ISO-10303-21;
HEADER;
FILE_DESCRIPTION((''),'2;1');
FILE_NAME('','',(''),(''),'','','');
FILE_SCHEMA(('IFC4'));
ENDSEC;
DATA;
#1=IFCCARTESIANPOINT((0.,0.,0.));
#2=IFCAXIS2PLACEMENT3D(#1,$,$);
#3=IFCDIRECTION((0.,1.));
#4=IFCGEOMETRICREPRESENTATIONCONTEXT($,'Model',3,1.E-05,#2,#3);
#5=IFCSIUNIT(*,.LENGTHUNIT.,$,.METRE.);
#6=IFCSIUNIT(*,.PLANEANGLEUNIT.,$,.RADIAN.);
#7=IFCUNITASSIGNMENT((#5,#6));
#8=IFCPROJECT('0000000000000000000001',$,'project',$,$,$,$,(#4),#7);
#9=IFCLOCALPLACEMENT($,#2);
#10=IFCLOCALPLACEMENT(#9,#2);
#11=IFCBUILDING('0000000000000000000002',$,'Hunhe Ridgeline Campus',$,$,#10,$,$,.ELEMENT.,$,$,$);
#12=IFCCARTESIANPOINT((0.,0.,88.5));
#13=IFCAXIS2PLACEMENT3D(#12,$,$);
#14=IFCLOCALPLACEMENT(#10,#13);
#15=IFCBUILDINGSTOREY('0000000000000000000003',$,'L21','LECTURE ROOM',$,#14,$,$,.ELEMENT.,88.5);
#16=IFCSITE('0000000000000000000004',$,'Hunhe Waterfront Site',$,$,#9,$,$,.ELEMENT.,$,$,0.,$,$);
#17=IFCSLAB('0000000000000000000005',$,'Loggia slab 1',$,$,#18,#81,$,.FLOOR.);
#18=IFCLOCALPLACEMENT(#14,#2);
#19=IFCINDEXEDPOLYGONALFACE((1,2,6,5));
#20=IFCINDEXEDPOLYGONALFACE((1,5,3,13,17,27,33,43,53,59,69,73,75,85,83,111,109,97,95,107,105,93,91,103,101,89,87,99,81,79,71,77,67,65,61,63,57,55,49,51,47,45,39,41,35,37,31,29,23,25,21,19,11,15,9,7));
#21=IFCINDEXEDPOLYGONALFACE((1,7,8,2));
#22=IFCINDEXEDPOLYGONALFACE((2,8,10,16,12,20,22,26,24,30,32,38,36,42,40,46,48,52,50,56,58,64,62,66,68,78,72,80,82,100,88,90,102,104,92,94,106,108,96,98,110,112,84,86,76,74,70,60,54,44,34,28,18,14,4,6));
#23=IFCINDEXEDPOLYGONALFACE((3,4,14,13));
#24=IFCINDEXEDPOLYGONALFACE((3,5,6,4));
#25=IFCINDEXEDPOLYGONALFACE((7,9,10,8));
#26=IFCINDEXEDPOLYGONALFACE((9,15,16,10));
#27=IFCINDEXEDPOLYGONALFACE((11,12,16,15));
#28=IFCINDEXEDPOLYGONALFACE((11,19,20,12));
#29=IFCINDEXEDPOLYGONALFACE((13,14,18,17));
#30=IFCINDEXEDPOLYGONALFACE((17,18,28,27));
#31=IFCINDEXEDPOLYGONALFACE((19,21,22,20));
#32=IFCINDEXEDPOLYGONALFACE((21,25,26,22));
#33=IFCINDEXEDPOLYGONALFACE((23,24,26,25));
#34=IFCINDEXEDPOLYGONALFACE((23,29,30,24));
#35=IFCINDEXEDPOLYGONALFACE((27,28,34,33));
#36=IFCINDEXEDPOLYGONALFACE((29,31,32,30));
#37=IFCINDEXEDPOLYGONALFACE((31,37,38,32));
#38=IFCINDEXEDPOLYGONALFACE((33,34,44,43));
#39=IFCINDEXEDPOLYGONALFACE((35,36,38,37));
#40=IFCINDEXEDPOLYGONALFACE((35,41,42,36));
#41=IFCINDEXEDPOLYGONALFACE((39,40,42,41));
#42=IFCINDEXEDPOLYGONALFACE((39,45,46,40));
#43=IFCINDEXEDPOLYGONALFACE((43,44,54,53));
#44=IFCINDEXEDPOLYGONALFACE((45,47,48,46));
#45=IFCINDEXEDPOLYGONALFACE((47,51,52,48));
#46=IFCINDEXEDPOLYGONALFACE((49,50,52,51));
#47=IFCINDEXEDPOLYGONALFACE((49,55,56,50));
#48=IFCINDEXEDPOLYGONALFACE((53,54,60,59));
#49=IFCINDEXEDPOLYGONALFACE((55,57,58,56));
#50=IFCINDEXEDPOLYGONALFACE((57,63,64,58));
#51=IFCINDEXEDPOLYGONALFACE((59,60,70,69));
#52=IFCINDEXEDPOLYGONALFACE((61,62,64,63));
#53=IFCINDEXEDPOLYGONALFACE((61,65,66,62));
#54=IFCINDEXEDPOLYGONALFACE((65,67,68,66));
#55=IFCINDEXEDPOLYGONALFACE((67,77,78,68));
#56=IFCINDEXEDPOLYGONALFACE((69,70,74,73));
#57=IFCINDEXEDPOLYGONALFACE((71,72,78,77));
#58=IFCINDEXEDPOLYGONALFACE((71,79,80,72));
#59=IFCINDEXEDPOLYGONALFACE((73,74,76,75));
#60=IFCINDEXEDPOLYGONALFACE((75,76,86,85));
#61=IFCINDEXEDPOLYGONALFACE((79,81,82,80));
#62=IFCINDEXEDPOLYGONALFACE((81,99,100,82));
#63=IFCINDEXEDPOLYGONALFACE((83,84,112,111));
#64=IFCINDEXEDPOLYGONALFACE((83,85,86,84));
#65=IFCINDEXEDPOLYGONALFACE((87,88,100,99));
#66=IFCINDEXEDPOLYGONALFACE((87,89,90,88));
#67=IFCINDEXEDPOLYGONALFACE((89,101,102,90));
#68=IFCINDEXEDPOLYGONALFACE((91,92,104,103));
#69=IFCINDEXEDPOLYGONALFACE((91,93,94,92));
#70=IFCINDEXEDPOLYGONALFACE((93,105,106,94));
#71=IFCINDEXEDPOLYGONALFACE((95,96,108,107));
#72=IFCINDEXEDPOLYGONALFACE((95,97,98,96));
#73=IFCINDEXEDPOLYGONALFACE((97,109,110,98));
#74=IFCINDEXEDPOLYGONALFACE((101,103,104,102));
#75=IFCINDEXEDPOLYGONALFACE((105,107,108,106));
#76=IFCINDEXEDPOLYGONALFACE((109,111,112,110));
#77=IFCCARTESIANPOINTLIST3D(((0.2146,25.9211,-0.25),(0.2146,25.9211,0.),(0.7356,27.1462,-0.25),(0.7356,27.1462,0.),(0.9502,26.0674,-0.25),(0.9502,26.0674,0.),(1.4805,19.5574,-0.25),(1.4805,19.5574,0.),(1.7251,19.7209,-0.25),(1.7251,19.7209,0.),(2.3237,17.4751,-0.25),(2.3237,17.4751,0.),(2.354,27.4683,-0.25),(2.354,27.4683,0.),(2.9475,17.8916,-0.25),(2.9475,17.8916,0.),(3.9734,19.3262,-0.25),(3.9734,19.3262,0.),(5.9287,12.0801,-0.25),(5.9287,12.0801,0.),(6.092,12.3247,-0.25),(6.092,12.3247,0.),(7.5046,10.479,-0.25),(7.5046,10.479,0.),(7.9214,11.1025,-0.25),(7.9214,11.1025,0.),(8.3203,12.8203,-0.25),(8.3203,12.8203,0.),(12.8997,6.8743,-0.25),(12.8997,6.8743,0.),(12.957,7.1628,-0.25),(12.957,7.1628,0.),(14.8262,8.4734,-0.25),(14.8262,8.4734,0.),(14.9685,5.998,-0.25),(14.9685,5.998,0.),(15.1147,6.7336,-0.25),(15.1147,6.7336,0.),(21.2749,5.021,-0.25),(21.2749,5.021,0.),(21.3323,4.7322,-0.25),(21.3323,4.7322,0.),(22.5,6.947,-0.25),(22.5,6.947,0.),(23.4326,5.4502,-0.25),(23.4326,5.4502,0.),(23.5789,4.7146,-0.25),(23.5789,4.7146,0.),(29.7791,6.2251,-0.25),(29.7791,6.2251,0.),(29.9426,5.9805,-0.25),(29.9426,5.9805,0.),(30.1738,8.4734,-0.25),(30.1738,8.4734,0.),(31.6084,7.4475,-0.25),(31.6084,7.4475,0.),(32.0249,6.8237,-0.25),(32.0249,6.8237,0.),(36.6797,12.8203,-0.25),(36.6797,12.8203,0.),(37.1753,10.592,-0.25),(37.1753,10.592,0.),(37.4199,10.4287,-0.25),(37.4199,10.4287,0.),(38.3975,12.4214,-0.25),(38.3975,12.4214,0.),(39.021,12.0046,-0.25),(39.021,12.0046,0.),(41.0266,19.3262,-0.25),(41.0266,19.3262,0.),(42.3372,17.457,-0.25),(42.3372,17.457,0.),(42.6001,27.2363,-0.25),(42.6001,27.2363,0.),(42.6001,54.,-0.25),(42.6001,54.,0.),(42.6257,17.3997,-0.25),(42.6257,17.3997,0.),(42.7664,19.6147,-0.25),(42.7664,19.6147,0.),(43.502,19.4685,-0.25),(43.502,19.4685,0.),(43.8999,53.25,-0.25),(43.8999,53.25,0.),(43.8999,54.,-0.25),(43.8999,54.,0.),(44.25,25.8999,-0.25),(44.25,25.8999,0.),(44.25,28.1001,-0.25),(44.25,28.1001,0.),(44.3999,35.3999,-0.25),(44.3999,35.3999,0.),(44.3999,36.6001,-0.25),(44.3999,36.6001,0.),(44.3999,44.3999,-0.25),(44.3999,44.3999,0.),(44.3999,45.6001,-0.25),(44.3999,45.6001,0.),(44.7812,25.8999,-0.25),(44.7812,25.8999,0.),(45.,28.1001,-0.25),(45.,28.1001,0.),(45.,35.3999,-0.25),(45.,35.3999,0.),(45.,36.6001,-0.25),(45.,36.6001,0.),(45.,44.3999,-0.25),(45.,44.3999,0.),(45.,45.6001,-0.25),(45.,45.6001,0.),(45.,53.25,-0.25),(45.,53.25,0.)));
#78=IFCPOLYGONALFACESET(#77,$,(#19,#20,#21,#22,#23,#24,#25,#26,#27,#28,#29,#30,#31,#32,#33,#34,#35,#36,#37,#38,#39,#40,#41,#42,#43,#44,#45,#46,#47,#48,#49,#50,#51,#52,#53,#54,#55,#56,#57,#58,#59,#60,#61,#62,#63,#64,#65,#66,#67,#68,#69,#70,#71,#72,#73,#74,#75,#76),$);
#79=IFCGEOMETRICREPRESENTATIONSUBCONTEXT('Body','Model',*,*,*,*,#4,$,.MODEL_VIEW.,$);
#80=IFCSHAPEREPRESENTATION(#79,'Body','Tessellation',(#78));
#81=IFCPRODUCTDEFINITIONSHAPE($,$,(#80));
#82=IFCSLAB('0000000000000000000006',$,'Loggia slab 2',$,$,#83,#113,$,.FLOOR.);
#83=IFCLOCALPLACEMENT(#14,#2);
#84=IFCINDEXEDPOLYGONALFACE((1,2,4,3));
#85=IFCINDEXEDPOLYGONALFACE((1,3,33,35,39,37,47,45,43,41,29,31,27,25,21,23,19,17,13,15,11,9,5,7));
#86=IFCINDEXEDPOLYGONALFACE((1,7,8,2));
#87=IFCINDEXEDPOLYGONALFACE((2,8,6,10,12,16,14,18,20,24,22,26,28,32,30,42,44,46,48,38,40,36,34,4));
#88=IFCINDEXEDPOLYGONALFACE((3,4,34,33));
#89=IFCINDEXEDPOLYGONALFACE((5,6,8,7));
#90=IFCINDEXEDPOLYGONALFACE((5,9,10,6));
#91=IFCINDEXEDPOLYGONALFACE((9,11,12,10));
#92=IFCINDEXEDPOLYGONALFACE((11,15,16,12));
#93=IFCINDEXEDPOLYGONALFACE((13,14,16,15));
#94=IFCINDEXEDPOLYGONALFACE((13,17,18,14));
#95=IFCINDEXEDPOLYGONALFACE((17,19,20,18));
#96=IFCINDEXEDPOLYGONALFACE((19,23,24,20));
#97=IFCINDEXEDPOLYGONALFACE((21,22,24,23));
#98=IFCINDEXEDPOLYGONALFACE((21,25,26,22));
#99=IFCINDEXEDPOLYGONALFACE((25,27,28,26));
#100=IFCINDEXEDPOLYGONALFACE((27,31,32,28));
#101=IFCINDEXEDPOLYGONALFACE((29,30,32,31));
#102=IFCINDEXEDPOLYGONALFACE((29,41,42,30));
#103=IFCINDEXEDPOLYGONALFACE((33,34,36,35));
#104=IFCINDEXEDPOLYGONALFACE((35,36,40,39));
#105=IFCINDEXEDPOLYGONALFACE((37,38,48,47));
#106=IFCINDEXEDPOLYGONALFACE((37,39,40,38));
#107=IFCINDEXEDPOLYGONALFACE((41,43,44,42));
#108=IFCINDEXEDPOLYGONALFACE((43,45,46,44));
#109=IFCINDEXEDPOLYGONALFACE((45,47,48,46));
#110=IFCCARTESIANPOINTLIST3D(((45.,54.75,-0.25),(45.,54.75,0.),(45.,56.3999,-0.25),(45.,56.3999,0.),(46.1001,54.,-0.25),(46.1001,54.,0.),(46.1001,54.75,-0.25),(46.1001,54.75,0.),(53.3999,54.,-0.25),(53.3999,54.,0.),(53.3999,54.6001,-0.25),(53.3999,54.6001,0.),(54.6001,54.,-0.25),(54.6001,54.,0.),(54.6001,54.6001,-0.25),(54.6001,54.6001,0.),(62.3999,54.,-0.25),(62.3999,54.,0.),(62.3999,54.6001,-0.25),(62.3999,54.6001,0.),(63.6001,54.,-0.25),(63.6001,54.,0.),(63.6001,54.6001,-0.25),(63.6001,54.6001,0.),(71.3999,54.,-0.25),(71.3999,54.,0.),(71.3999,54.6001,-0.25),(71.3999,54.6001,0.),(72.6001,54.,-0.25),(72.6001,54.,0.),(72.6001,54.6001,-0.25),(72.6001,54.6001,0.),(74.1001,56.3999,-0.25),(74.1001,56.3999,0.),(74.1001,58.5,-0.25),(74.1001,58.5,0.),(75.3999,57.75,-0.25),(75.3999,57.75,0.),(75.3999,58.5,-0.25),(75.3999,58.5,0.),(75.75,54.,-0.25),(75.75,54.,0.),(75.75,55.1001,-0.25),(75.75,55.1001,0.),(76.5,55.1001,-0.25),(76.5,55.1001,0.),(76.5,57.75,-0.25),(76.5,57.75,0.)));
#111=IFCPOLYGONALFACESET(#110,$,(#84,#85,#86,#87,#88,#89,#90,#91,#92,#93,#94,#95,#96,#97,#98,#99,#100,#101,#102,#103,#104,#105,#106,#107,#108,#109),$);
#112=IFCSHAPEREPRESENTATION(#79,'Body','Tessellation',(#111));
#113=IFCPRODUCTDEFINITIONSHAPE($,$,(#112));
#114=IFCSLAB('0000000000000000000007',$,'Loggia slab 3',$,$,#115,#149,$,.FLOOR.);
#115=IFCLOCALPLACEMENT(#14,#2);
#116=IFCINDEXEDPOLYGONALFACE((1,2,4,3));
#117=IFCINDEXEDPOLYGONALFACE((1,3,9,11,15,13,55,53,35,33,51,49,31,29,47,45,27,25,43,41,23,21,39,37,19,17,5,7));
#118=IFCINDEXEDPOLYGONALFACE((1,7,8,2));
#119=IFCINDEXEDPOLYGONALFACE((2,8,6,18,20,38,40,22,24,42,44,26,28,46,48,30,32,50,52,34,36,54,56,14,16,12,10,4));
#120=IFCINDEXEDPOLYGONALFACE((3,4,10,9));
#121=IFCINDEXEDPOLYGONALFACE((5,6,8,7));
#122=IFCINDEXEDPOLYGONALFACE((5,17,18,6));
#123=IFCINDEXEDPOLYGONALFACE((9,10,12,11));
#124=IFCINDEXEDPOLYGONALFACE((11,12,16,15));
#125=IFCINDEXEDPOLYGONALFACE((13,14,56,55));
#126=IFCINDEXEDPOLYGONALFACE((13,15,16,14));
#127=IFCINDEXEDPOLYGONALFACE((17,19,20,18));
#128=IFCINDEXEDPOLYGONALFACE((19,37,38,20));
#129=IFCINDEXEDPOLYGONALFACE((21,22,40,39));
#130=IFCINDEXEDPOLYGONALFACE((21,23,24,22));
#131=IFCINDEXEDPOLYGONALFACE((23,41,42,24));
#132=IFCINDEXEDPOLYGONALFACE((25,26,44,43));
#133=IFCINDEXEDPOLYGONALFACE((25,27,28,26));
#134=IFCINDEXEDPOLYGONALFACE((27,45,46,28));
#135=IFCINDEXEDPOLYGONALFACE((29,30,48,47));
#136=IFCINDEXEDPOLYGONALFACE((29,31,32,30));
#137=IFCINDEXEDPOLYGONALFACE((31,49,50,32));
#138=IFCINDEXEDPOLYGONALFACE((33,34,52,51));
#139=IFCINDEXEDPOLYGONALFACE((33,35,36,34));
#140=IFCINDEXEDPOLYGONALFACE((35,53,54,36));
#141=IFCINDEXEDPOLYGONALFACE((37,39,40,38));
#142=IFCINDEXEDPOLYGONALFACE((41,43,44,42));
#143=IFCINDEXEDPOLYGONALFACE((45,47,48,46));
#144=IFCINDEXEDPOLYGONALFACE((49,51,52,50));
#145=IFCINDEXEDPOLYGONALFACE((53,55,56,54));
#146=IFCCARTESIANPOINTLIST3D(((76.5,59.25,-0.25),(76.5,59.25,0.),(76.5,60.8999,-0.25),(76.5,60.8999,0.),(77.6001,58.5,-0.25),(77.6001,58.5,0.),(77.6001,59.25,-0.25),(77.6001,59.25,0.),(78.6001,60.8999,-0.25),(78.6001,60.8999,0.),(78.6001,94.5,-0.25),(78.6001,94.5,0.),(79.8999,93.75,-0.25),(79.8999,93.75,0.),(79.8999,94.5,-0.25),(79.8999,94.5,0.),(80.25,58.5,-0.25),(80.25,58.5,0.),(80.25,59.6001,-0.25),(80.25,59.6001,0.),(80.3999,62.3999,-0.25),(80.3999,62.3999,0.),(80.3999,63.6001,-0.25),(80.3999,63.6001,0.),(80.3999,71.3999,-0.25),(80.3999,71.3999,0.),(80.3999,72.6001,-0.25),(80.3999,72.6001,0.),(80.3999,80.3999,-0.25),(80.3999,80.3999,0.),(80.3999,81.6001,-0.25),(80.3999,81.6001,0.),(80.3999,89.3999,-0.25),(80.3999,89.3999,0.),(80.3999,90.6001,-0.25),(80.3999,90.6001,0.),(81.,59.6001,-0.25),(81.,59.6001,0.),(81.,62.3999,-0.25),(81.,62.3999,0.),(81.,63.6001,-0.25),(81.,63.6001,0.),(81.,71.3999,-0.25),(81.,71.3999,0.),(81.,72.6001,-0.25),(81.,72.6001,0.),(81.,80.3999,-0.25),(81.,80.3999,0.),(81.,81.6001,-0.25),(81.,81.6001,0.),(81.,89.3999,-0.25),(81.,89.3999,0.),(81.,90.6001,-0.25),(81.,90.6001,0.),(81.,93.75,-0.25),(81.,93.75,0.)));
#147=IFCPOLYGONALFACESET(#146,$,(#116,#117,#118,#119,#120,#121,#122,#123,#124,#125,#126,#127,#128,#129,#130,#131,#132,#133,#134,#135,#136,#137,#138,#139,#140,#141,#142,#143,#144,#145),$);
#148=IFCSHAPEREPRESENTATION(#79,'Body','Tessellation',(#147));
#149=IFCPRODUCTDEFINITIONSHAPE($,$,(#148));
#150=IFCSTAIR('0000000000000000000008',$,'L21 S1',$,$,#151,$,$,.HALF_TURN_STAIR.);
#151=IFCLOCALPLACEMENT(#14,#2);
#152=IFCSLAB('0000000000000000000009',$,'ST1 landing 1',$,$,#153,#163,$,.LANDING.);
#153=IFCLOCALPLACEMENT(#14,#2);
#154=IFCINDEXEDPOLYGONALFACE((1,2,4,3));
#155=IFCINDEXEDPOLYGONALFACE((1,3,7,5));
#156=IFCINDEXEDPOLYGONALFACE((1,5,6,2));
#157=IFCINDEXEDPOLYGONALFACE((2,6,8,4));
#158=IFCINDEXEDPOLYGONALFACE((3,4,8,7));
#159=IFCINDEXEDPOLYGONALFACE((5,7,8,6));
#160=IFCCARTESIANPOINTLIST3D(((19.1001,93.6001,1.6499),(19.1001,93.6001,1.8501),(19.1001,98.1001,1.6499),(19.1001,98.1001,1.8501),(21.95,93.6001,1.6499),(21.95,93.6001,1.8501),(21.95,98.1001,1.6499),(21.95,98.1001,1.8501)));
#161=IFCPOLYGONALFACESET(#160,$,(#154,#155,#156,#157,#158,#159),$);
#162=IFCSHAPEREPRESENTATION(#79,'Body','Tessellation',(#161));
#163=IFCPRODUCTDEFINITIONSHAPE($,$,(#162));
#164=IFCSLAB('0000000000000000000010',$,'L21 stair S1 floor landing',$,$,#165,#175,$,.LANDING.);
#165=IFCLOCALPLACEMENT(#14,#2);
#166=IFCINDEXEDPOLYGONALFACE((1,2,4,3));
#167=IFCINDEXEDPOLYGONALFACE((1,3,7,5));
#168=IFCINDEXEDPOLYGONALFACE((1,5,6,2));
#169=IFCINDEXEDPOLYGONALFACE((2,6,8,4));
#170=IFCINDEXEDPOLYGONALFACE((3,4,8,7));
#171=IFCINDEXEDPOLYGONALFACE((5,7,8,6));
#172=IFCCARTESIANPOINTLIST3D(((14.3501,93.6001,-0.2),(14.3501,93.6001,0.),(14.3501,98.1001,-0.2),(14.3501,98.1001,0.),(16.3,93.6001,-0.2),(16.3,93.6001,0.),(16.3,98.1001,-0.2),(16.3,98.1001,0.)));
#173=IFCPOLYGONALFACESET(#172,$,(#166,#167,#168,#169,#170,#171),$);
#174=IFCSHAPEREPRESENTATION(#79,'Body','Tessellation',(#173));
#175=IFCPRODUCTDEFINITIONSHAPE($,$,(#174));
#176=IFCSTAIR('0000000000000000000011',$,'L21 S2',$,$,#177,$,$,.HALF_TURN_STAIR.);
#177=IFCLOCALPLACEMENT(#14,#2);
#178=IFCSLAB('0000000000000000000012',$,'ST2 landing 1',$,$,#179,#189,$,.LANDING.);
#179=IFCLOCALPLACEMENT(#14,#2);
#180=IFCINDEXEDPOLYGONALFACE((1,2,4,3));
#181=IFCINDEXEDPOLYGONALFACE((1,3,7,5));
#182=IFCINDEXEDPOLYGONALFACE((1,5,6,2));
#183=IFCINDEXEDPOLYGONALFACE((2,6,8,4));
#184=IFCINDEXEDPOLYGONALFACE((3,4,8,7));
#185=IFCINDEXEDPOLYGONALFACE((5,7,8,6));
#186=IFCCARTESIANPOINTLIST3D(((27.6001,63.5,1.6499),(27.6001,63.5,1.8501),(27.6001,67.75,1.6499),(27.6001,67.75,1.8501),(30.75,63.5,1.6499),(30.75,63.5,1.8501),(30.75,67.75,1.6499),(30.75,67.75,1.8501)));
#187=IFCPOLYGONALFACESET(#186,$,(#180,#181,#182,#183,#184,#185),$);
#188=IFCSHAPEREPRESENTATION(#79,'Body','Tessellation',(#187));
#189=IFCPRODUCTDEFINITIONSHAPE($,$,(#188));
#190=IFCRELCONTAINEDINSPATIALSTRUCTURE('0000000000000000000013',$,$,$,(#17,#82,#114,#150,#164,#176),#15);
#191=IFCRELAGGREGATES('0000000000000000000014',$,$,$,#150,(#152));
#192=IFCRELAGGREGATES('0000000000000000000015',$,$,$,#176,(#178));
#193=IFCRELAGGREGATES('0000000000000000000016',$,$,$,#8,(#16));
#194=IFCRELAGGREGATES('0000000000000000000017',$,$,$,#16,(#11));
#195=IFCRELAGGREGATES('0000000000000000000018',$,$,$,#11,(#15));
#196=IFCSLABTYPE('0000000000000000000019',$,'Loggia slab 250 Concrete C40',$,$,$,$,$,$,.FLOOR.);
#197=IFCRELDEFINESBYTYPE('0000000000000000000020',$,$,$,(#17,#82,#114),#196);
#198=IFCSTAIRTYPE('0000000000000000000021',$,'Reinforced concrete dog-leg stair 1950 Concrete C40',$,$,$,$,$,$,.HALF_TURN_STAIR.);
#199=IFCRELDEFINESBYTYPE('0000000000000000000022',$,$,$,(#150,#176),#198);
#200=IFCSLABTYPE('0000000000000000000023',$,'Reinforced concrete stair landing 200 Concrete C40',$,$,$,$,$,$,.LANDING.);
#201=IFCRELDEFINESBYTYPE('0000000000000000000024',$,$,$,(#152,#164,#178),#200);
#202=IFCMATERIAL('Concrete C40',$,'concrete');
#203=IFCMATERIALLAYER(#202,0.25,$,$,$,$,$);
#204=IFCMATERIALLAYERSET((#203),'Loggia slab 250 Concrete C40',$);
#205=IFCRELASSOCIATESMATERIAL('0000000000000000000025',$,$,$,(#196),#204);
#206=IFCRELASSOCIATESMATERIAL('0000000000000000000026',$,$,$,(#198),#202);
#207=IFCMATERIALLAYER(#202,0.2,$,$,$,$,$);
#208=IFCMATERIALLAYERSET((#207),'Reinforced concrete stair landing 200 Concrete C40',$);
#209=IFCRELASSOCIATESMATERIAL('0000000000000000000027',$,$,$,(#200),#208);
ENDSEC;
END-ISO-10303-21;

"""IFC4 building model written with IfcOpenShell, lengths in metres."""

from ifc_helpers import new_model, si_unit, direction, frame, origin, place, context, subcontext, project, spatial, polyline, outline, extrude, material, layer, layer_set, type_object, element, aggregate, save


model = new_model("IFC4")

# Units and contexts
model_context = context("Model", 3, precision=1e-05, world=origin(), true_north=direction((0.0, 1.0)))
body_context = subcontext(model_context, "Body", "Model", "MODEL_VIEW")
ifc_project = project(units=[si_unit("LENGTHUNIT", "METRE"), si_unit("PLANEANGLEUNIT", "RADIAN")], contexts=[model_context])

# Site, building, storey
site_placement = place(None, origin())
site = spatial("IfcSite", under=ifc_project, at=site_placement, Name="Hunhe Waterfront Site", CompositionType="ELEMENT", RefElevation=0.0)
building_placement = place(site_placement, origin())
building = spatial("IfcBuilding", under=site, at=building_placement, Name="Hunhe Ridgeline Campus", CompositionType="ELEMENT")
storey_placement = place(building_placement, frame((0.0, 0.0, 88.5)))
storey = spatial("IfcBuildingStorey", under=building, at=storey_placement, Name="L21", Description="LECTURE ROOM", CompositionType="ELEMENT", Elevation=88.5)

# Slabs
ifc_material_1 = material(Name="Concrete C40", Category="concrete")
ifc_layer_1 = layer(ifc_material_1, 0.25)
ifc_layer_set_1 = layer_set([ifc_layer_1], Name="Loggia slab 250 Concrete C40")
slab_type_1 = type_object("IfcSlabType", Name="Loggia slab 250 Concrete C40", PredefinedType="FLOOR", material=ifc_layer_set_1)
slab_1_placement = place(storey_placement, frame((0.0, 0.0, -0.25)))
element("IfcSlab", 1, at=slab_1_placement, inside=storey, type_object=slab_type_1, Name="Loggia slab 1", PredefinedType="FLOOR", context=body_context, shape_type="SweptSolid", body=[
    extrude(outline(polyline([(30.1738, 8.4734), (22.5, 6.947), (14.8262, 8.4734), (8.3203, 12.8203), (3.9734, 19.3262), (2.354, 27.4683), (0.7356, 27.1462), (0.9502, 26.0674), (0.2146, 25.9211), (1.4805, 19.5574), (1.7251, 19.7209), (2.9475, 17.8916), (2.3237, 17.4751), (5.9287, 12.0801), (6.092, 12.3247), (7.9214, 11.1025), (7.5046, 10.479), (12.8997, 6.8743), (12.957, 7.1628), (15.1147, 6.7336), (14.9685, 5.998), (21.3323, 4.7322), (21.2749, 5.021), (23.4326, 5.4502), (23.5789, 4.7146), (29.9426, 5.9805), (29.7791, 6.2251), (31.6084, 7.4475), (32.0249, 6.8237), (37.4199, 10.4287), (37.1753, 10.592), (38.3975, 12.4214), (39.021, 12.0046), (42.6257, 17.3997), (42.3372, 17.457), (42.7664, 19.6147), (43.502, 19.4685), (44.7812, 25.8999), (44.25, 25.8999), (44.25, 28.1001), (45.0, 28.1001), (45.0, 35.3999), (44.3999, 35.3999), (44.3999, 36.6001), (45.0, 36.6001), (45.0, 44.3999), (44.3999, 44.3999), (44.3999, 45.6001), (45.0, 45.6001), (45.0, 53.25), (43.8999, 53.25), (43.8999, 54.0), (42.6001, 54.0), (42.6001, 27.2363), (41.0266, 19.3262), (36.6797, 12.8203), (30.1738, 8.4734)])), origin(), (0.0, 0.0, 1.0), 0.25),
])
slab_2_placement = place(storey_placement, frame((0.0, 0.0, -0.25)))
element("IfcSlab", 2, at=slab_2_placement, inside=storey, type_object=slab_type_1, Name="Loggia slab 2", PredefinedType="FLOOR", context=body_context, shape_type="SweptSolid", body=[
    extrude(outline(polyline([(45.0, 54.75), (46.1001, 54.75), (46.1001, 54.0), (53.3999, 54.0), (53.3999, 54.6001), (54.6001, 54.6001), (54.6001, 54.0), (62.3999, 54.0), (62.3999, 54.6001), (63.6001, 54.6001), (63.6001, 54.0), (71.3999, 54.0), (71.3999, 54.6001), (72.6001, 54.6001), (72.6001, 54.0), (75.75, 54.0), (75.75, 55.1001), (76.5, 55.1001), (76.5, 57.75), (75.3999, 57.75), (75.3999, 58.5), (74.1001, 58.5), (74.1001, 56.3999), (45.0, 56.3999), (45.0, 54.75)])), origin(), (0.0, 0.0, 1.0), 0.25),
])
slab_3_placement = place(storey_placement, frame((0.0, 0.0, -0.25)))
element("IfcSlab", 3, at=slab_3_placement, inside=storey, type_object=slab_type_1, Name="Loggia slab 3", PredefinedType="FLOOR", context=body_context, shape_type="SweptSolid", body=[
    extrude(outline(polyline([(76.5, 59.25), (77.6001, 59.25), (77.6001, 58.5), (80.25, 58.5), (80.25, 59.6001), (81.0, 59.6001), (81.0, 62.3999), (80.3999, 62.3999), (80.3999, 63.6001), (81.0, 63.6001), (81.0, 71.3999), (80.3999, 71.3999), (80.3999, 72.6001), (81.0, 72.6001), (81.0, 80.3999), (80.3999, 80.3999), (80.3999, 81.6001), (81.0, 81.6001), (81.0, 89.3999), (80.3999, 89.3999), (80.3999, 90.6001), (81.0, 90.6001), (81.0, 93.75), (79.8999, 93.75), (79.8999, 94.5), (78.6001, 94.5), (78.6001, 60.8999), (76.5, 60.8999), (76.5, 59.25)])), origin(), (0.0, 0.0, 1.0), 0.25),
])

# Stair, slab
stair_type = type_object("IfcStairType", Name="Reinforced concrete dog-leg stair 1950 Concrete C40", PredefinedType="HALF_TURN_STAIR", material=ifc_material_1)
stair_1_placement = place(storey_placement, origin())
stair_1 = element("IfcStair", 4, at=stair_1_placement, inside=storey, type_object=stair_type, Name="L21 S1", PredefinedType="HALF_TURN_STAIR")
ifc_layer_2 = layer(ifc_material_1, 0.2)
ifc_layer_set_2 = layer_set([ifc_layer_2], Name="Reinforced concrete stair landing 200 Concrete C40")
slab_type_2 = type_object("IfcSlabType", Name="Reinforced concrete stair landing 200 Concrete C40", PredefinedType="LANDING", material=ifc_layer_set_2)
slab_4_placement = place(storey_placement, frame((0.0, 0.0, 1.6499)))
slab_4 = element("IfcSlab", 5, at=slab_4_placement, type_object=slab_type_2, Name="ST1 landing 1", PredefinedType="LANDING", context=body_context, shape_type="SweptSolid", body=[
    extrude(outline(polyline([(19.1001, 93.6001), (21.95, 93.6001), (21.95, 98.1001), (19.1001, 98.1001), (19.1001, 93.6001)])), origin(), (0.0, 0.0, 1.0), 0.2002),
])
aggregate(stair_1, [slab_4])

# Slab
slab_5_placement = place(storey_placement, frame((0.0, 0.0, -0.2)))
element("IfcSlab", 6, at=slab_5_placement, inside=storey, type_object=slab_type_2, Name="L21 stair S1 floor landing", PredefinedType="LANDING", context=body_context, shape_type="SweptSolid", body=[
    extrude(outline(polyline([(14.3501, 93.6001), (16.3, 93.6001), (16.3, 98.1001), (14.3501, 98.1001), (14.3501, 93.6001)])), origin(), (0.0, 0.0, 1.0), 0.2),
])

# Stair, slab
stair_2_placement = place(storey_placement, origin())
stair_2 = element("IfcStair", 7, at=stair_2_placement, inside=storey, type_object=stair_type, Name="L21 S2", PredefinedType="HALF_TURN_STAIR")
slab_6_placement = place(storey_placement, frame((0.0, 0.0, 1.6499)))
slab_6 = element("IfcSlab", 8, at=slab_6_placement, type_object=slab_type_2, Name="ST2 landing 1", PredefinedType="LANDING", context=body_context, shape_type="SweptSolid", body=[
    extrude(outline(polyline([(30.75, 67.75), (27.6001, 67.75), (27.6001, 63.5), (30.75, 63.5), (30.75, 67.75)])), origin(), (0.0, 0.0, 1.0), 0.2002),
])
aggregate(stair_2, [slab_6])

save(model, "model.ifc")
